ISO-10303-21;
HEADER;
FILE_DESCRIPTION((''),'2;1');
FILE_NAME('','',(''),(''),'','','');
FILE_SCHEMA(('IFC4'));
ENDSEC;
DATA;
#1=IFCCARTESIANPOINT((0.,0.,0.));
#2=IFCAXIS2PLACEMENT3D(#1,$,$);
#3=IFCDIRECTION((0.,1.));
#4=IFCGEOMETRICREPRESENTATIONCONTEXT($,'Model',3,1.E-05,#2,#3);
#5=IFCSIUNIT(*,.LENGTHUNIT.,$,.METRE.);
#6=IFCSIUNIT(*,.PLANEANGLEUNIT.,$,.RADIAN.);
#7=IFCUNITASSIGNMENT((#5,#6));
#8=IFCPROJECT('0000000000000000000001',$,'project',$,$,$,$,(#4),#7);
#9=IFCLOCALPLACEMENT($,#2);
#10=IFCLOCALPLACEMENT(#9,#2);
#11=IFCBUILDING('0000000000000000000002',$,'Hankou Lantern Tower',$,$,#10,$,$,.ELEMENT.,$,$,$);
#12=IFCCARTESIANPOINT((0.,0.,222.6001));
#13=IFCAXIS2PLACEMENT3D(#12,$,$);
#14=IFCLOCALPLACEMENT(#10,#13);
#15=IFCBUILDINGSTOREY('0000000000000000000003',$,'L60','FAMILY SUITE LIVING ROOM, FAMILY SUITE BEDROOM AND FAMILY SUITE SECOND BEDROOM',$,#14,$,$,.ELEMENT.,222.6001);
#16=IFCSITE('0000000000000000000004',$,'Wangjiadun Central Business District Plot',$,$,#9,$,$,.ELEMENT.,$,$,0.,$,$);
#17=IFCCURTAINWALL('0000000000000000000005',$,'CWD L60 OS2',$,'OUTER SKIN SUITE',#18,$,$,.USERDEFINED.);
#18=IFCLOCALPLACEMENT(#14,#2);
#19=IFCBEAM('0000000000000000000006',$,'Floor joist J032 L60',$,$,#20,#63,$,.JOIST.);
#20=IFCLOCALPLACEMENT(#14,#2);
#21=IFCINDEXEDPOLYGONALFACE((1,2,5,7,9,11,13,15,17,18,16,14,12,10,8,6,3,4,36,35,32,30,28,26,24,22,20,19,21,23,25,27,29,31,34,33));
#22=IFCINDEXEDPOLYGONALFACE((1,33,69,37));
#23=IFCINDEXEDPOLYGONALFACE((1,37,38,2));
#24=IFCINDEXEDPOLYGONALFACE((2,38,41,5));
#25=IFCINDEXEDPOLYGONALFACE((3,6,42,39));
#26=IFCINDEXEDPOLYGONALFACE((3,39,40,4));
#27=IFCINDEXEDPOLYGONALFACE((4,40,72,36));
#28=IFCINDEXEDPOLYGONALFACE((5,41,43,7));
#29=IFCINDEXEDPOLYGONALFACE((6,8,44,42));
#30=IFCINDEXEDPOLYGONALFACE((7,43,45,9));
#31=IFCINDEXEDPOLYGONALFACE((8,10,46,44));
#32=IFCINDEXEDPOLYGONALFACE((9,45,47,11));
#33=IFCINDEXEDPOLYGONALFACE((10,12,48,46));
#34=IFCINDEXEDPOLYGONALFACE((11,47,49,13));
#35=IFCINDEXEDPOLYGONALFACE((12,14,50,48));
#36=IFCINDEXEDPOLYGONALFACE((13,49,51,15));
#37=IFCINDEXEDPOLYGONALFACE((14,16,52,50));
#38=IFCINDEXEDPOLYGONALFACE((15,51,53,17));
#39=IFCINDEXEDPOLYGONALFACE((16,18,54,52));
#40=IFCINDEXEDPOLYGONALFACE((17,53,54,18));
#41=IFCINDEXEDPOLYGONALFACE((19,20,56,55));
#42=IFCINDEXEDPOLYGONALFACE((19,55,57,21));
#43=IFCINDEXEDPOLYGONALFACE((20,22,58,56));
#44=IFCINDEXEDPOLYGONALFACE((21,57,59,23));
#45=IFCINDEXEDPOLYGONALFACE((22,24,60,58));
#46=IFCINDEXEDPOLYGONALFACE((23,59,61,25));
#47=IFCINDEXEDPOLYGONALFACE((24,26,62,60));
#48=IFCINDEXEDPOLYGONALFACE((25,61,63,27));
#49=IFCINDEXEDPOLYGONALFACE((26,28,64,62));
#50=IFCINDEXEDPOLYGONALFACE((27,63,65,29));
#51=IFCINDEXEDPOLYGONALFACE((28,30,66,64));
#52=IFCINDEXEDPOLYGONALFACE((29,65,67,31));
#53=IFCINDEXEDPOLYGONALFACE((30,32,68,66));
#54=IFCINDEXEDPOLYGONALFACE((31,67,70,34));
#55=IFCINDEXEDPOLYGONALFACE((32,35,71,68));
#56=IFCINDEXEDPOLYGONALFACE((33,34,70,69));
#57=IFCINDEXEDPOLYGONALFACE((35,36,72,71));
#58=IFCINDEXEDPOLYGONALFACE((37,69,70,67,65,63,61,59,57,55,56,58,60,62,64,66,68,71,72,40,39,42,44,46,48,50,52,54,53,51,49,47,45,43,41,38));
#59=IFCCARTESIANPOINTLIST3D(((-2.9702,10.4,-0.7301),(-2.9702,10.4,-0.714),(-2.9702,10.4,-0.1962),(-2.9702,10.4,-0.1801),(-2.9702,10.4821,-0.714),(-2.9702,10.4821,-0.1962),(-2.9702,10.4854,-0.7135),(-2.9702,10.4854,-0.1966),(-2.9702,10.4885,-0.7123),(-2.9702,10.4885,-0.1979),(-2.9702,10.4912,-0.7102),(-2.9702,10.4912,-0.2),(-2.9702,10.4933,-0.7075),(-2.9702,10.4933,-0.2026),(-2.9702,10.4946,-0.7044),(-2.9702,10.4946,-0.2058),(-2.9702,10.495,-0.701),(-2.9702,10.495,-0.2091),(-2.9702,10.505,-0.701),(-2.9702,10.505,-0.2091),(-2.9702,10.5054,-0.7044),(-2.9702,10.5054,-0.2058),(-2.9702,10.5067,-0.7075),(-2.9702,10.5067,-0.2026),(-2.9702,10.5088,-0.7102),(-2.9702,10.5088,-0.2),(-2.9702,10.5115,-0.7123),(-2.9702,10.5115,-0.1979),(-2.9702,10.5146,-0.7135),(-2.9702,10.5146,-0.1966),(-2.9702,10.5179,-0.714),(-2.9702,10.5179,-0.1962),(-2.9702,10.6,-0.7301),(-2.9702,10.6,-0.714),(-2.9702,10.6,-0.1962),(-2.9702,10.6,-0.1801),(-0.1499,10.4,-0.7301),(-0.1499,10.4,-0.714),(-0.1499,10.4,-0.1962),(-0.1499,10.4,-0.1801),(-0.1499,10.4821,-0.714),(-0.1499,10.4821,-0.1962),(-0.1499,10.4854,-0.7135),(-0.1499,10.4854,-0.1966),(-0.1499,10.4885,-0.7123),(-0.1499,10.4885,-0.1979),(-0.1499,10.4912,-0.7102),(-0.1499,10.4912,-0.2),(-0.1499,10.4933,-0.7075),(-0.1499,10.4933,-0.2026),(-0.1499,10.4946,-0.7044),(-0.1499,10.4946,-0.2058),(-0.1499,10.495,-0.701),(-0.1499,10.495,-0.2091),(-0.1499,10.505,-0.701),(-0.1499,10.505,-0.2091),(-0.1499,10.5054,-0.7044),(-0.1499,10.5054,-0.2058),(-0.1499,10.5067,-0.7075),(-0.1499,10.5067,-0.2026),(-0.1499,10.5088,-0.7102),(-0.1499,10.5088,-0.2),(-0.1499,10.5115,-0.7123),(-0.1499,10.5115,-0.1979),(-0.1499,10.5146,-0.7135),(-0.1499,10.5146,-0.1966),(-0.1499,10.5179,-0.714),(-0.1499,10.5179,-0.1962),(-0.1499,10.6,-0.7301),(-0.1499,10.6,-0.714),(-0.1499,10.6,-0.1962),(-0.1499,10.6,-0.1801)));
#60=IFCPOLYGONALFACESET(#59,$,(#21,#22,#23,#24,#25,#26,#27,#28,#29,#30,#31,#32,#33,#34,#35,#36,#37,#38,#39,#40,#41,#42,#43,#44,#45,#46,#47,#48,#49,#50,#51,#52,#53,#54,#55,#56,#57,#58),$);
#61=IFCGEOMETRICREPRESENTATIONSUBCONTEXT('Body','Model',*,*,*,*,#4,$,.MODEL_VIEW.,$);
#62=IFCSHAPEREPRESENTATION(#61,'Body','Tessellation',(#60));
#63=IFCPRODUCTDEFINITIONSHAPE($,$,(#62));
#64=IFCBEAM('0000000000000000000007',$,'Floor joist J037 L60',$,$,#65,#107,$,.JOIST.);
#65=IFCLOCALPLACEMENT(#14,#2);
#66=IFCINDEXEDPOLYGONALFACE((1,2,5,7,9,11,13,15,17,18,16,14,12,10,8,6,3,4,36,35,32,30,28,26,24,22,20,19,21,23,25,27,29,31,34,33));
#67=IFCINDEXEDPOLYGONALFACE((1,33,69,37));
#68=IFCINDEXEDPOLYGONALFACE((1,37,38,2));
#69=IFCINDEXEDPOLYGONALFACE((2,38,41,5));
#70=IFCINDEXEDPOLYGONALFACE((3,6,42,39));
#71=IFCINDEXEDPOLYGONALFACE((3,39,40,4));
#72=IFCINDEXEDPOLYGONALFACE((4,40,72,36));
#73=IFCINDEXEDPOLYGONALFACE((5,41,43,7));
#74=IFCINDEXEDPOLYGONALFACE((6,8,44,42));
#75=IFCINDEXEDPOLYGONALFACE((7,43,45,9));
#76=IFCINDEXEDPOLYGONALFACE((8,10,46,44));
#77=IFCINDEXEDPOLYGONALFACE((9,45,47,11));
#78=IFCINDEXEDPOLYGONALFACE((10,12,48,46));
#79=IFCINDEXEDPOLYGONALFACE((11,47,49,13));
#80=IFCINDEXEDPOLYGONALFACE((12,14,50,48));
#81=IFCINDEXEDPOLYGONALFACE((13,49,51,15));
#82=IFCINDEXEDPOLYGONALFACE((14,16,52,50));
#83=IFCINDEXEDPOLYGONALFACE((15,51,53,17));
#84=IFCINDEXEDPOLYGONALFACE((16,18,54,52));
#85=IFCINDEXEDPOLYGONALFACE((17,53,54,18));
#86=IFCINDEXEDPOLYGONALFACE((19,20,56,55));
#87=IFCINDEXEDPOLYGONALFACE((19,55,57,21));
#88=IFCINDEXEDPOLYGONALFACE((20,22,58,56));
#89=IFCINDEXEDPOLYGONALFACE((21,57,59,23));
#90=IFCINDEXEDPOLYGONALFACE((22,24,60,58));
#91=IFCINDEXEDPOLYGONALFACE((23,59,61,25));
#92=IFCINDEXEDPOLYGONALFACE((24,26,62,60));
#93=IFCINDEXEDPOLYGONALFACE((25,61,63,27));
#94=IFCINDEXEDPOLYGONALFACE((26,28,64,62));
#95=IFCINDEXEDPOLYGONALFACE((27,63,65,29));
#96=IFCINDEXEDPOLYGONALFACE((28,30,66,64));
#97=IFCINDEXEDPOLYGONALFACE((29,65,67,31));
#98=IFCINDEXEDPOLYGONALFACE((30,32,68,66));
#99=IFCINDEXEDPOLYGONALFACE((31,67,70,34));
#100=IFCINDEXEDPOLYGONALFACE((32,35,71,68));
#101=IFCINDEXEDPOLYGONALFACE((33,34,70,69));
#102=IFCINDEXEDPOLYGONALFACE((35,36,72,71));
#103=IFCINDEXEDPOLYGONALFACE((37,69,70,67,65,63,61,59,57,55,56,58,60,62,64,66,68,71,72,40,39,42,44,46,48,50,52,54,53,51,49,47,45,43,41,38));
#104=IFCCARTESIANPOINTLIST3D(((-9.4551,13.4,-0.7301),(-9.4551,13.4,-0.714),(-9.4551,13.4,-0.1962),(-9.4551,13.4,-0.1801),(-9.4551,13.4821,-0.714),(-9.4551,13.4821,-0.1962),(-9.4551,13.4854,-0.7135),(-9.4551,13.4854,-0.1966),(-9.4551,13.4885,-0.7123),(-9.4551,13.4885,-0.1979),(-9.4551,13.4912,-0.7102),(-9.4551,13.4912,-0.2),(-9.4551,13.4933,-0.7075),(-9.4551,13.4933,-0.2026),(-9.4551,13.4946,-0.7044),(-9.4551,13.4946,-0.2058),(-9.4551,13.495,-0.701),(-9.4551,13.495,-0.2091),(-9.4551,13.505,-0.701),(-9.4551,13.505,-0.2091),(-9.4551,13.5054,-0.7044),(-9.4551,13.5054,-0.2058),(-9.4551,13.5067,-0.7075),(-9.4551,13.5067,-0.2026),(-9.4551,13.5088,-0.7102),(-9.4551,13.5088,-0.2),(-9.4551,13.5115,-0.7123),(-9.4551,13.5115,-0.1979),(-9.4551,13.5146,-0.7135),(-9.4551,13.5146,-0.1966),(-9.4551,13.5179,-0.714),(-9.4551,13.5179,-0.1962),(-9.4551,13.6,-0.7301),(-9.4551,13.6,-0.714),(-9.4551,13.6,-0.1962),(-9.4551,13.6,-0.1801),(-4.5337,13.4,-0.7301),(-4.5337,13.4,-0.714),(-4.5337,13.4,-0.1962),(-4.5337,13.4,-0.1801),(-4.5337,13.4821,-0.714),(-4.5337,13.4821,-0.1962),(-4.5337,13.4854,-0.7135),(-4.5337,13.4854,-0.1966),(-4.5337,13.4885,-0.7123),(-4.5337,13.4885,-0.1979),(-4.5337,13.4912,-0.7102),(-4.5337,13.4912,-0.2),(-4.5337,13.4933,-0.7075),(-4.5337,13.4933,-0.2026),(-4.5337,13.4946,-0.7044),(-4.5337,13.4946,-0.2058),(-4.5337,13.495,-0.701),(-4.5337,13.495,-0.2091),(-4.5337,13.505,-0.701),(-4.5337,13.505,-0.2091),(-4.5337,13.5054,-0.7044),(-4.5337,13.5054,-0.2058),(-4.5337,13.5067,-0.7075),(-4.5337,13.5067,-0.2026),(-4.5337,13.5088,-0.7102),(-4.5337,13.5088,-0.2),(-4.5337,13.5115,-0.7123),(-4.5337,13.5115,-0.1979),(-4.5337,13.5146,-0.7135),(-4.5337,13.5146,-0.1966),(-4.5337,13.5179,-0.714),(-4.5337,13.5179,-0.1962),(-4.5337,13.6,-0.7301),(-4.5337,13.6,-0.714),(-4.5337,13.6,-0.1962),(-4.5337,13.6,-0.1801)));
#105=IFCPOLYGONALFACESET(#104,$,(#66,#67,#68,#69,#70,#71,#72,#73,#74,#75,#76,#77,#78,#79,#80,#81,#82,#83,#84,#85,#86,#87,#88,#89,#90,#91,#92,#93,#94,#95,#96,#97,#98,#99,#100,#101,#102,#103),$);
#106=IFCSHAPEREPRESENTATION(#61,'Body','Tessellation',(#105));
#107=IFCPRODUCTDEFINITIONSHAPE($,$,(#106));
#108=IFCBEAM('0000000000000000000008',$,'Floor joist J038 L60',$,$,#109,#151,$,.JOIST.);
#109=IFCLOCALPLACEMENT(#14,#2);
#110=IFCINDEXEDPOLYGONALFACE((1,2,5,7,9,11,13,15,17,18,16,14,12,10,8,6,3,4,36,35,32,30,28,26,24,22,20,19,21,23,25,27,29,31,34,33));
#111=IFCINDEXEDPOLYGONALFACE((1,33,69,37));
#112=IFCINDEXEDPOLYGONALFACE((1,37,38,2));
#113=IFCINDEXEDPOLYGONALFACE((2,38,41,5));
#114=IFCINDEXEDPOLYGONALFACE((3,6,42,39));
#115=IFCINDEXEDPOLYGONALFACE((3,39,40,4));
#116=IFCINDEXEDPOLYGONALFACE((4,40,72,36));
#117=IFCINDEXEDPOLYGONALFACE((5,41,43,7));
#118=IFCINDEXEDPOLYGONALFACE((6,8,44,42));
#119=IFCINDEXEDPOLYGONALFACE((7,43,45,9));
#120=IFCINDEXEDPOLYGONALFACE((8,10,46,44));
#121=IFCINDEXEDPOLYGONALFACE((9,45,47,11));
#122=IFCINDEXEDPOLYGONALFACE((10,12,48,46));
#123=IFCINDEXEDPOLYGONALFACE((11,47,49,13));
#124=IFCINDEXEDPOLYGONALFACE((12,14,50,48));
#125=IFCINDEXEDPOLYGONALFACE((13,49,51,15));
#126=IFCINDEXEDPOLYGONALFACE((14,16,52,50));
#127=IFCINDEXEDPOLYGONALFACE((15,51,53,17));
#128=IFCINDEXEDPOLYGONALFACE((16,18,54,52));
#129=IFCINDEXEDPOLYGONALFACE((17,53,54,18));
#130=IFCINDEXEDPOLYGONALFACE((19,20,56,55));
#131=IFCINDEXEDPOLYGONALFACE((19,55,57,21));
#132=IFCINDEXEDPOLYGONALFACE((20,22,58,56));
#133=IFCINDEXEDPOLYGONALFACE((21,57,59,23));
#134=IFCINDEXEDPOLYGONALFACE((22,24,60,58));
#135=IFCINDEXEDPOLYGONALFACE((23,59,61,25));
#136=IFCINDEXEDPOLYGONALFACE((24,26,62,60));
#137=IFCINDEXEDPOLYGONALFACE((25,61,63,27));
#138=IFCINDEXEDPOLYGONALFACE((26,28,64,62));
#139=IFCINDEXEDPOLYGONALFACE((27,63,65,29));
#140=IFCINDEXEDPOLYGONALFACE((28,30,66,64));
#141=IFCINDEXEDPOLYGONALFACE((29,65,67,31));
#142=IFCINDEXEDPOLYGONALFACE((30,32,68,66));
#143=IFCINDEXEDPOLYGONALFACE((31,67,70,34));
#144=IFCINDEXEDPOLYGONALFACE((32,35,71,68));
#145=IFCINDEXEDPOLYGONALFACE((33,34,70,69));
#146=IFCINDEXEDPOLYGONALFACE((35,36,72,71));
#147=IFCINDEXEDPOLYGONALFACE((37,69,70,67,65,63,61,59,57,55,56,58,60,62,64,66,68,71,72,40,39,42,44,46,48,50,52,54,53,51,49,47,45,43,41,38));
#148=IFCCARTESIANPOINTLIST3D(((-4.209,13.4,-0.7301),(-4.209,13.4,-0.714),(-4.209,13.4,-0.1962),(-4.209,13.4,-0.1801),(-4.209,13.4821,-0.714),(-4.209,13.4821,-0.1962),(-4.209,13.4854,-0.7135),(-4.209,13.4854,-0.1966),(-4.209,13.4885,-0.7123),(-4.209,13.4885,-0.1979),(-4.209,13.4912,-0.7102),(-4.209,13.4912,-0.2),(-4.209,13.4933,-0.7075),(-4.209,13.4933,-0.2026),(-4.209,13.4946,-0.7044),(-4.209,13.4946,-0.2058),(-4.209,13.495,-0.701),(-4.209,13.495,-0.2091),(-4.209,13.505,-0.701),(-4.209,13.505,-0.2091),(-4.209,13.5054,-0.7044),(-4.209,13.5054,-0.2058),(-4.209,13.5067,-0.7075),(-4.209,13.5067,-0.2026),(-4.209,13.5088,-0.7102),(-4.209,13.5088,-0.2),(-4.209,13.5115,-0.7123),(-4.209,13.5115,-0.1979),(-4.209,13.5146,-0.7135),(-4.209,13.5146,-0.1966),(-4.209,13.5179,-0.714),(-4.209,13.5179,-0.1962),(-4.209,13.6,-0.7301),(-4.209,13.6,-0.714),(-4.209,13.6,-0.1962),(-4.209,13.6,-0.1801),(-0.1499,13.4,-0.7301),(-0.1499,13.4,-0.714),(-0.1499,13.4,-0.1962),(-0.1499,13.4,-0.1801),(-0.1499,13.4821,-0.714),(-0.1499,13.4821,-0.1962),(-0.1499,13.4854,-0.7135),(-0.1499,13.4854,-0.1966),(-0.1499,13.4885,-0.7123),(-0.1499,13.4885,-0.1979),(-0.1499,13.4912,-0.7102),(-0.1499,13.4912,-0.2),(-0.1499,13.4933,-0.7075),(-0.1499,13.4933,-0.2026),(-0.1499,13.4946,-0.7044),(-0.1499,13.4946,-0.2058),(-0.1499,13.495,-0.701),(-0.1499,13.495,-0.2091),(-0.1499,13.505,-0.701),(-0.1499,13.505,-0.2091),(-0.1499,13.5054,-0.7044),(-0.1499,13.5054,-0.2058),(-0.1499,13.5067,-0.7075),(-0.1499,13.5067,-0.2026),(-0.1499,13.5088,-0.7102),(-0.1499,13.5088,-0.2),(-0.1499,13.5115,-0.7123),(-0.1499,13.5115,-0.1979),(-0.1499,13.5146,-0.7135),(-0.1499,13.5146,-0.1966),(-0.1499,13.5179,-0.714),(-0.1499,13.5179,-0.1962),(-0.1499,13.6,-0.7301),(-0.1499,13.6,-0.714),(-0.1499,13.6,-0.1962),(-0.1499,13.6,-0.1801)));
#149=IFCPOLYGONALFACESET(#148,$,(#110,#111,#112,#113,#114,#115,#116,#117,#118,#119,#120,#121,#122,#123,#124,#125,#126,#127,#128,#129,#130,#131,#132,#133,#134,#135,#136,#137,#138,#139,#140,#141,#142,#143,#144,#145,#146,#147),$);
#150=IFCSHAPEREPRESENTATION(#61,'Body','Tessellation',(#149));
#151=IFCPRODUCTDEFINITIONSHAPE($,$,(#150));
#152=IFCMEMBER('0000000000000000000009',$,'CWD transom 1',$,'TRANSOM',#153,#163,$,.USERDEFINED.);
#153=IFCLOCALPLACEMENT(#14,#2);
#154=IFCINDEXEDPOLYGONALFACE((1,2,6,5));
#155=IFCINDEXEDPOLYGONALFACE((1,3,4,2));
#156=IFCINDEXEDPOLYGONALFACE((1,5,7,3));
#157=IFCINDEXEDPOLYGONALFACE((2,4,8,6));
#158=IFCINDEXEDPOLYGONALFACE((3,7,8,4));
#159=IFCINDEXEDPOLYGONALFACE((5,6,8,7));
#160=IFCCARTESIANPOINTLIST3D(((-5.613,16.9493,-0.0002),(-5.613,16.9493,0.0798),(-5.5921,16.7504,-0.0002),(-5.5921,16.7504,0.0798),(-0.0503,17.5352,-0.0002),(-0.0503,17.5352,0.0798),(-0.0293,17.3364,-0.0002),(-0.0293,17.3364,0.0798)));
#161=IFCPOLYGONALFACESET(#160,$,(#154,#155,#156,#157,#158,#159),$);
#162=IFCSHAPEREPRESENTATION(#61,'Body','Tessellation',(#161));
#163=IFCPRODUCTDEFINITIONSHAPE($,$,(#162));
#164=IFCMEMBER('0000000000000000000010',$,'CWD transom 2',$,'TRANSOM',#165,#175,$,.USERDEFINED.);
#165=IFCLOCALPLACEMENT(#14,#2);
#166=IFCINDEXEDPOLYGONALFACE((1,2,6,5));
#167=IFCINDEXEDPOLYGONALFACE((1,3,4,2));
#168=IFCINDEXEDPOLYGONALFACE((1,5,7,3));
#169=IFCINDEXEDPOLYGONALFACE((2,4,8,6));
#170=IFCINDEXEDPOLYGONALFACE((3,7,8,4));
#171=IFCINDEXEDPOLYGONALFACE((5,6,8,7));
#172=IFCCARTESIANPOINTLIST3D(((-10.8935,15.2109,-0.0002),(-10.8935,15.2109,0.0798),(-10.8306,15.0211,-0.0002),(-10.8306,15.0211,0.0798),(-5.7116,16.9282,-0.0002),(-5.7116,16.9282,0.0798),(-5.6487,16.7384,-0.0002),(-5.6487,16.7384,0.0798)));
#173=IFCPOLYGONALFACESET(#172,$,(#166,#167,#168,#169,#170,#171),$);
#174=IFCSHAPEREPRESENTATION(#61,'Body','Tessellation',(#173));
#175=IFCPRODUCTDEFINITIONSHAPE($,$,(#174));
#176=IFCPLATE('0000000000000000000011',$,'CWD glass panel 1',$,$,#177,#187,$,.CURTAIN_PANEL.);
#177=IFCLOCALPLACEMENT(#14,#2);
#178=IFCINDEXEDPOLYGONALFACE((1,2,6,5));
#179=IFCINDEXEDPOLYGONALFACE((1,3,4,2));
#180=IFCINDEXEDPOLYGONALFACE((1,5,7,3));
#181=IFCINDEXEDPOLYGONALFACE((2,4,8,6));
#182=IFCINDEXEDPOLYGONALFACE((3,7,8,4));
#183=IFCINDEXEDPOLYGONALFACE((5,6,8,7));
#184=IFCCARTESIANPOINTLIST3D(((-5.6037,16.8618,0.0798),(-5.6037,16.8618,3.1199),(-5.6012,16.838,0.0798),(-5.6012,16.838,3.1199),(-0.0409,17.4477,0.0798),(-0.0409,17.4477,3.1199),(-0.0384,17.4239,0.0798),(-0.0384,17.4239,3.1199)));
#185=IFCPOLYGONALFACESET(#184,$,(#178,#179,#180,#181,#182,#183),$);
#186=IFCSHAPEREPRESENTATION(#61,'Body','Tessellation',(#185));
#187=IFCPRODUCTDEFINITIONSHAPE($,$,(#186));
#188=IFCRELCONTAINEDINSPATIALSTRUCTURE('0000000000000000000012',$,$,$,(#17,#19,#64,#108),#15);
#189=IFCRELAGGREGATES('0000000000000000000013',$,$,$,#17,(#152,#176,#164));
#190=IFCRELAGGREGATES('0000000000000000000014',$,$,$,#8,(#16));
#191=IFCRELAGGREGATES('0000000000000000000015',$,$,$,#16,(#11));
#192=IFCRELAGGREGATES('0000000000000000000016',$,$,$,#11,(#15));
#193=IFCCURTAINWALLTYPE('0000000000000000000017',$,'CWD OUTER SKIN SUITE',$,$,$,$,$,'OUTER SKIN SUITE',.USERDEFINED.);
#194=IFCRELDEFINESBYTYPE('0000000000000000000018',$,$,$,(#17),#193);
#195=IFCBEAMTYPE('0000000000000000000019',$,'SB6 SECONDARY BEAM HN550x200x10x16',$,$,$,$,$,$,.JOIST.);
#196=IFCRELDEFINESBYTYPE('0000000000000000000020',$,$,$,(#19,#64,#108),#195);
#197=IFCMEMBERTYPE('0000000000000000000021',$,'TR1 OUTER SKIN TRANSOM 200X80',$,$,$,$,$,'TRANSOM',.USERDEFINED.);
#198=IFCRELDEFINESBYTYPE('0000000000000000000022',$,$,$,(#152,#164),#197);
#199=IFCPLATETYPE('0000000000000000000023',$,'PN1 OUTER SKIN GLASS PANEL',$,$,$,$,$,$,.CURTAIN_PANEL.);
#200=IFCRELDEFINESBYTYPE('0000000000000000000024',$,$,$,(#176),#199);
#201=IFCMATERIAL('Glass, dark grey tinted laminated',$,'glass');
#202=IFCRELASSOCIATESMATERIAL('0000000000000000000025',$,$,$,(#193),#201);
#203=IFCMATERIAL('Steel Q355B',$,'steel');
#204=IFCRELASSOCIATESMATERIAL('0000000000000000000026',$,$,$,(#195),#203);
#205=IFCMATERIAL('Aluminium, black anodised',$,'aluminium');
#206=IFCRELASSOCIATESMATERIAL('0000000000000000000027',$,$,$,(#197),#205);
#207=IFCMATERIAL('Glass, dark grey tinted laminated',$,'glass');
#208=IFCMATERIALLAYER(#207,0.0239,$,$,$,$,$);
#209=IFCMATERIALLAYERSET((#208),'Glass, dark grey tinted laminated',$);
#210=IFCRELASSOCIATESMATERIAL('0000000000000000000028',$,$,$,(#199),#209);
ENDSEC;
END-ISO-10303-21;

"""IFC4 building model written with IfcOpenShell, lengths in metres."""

from ifc_helpers import new_model, si_unit, direction, frame, origin, origin_2d, place, context, subcontext, project, spatial, rectangle, i_section, extrude, material, layer, layer_set, material_profile, profile_set, type_object, element, aggregate, save


model = new_model("IFC4")

# Units and contexts
model_context = context("Model", 3, precision=1e-05, world=origin(), true_north=direction((0.0, 1.0)))
body_context = subcontext(model_context, "Body", "Model", "MODEL_VIEW")
ifc_project = project(units=[si_unit("LENGTHUNIT", "METRE"), si_unit("PLANEANGLEUNIT", "RADIAN")], contexts=[model_context])

# Site, building, storey
site_placement = place(None, origin())
site = spatial("IfcSite", under=ifc_project, at=site_placement, Name="Wangjiadun Central Business District Plot", CompositionType="ELEMENT", RefElevation=0.0)
building_placement = place(site_placement, origin())
building = spatial("IfcBuilding", under=site, at=building_placement, Name="Hankou Lantern Tower", CompositionType="ELEMENT")
storey_placement = place(building_placement, frame((0.0, 0.0, 222.6001)))
storey = spatial("IfcBuildingStorey", under=building, at=storey_placement, Name="L60", Description="FAMILY SUITE LIVING ROOM, FAMILY SUITE BEDROOM AND FAMILY SUITE SECOND BEDROOM", CompositionType="ELEMENT", Elevation=222.6001)

# Curtain wall
ifc_material_1 = material(Name="Glass, dark grey tinted laminated", Category="glass")
curtain_wall_type = type_object("IfcCurtainWallType", Name="CWD OUTER SKIN SUITE", ElementType="OUTER SKIN SUITE", PredefinedType="USERDEFINED", material=ifc_material_1)
curtain_wall_placement = place(storey_placement, origin())
curtain_wall = element("IfcCurtainWall", 1, at=curtain_wall_placement, inside=storey, type_object=curtain_wall_type, Name="CWD L60 OS2", ObjectType="OUTER SKIN SUITE", PredefinedType="USERDEFINED")

# Beams
ifc_material_2 = material(Name="Steel Q355B", Category="steel")
ifc_material_profile_1 = material_profile(ifc_material_2, i_section(OverallWidth=0.2, OverallDepth=0.55, WebThickness=0.01, FlangeThickness=0.0161, FilletRadius=0.0129, at=origin_2d()), Name="HN550x200x10x16")
ifc_profile_set_1 = profile_set([ifc_material_profile_1], Name="Steel Q355B")
beam_type_1 = type_object("IfcBeamType", Name="SB6 SECONDARY BEAM HN550x200x10x16", PredefinedType="JOIST", material=ifc_profile_set_1)
beam_1_placement = place(storey_placement, frame((-2.9702, 10.5, -0.4551), z_axis=(1.0, 0.0, 0.0), x_axis=(0.0, 1.0, 0.0)))
element("IfcBeam", 2, at=beam_1_placement, inside=storey, type_object=beam_type_1, Name="Floor joist J032 L60", PredefinedType="JOIST", context=body_context, shape_type="SweptSolid", body=[
    extrude(i_section(OverallWidth=0.2, OverallDepth=0.55, WebThickness=0.01, FlangeThickness=0.0161, FilletRadius=0.0129, at=origin_2d()), origin(), (0.0, 0.0, 1.0), 2.8203),
])
beam_2_placement = place(storey_placement, frame((-9.4551, 13.5, -0.4551), z_axis=(1.0, 0.0, 0.0), x_axis=(0.0, 1.0, 0.0)))
element("IfcBeam", 3, at=beam_2_placement, inside=storey, type_object=beam_type_1, Name="Floor joist J037 L60", PredefinedType="JOIST", context=body_context, shape_type="SweptSolid", body=[
    extrude(i_section(OverallWidth=0.2, OverallDepth=0.55, WebThickness=0.01, FlangeThickness=0.0161, FilletRadius=0.0129, at=origin_2d()), origin(), (0.0, 0.0, 1.0), 4.9214),
])
beam_3_placement = place(storey_placement, frame((-4.209, 13.5, -0.4551), z_axis=(1.0, 0.0, 0.0), x_axis=(0.0, 1.0, 0.0)))
element("IfcBeam", 4, at=beam_3_placement, inside=storey, type_object=beam_type_1, Name="Floor joist J038 L60", PredefinedType="JOIST", context=body_context, shape_type="SweptSolid", body=[
    extrude(i_section(OverallWidth=0.2, OverallDepth=0.55, WebThickness=0.01, FlangeThickness=0.0161, FilletRadius=0.0129, at=origin_2d()), origin(), (0.0, 0.0, 1.0), 4.0591),
])

# Members
ifc_material_3 = material(Name="Aluminium, black anodised", Category="aluminium")
ifc_material_profile_2 = material_profile(ifc_material_3, rectangle(XDim=0.2, YDim=0.0801, at=origin_2d()), Name="TR1 200X80")
ifc_profile_set_2 = profile_set([ifc_material_profile_2], Name="Aluminium, black anodised")
member_type_1 = type_object("IfcMemberType", Name="TR1 OUTER SKIN TRANSOM 200X80", ElementType="TRANSOM", PredefinedType="USERDEFINED", material=ifc_profile_set_2)
member_1_placement = place(storey_placement, frame((-0.0398, 17.4358, 0.0398), z_axis=(-0.994498, -0.104753, 0.0), x_axis=(0.104753, -0.994498, 0.0)))
member_1 = element("IfcMember", 5, at=member_1_placement, type_object=member_type_1, Name="CWD transom 1", ObjectType="TRANSOM", PredefinedType="USERDEFINED", context=body_context, shape_type="SweptSolid", body=[
    extrude(rectangle(XDim=0.2, YDim=0.0801, at=origin_2d()), origin(), (0.0, 0.0, 1.0), 5.5935),
])
member_2_placement = place(storey_placement, frame((-5.6802, 16.8333, 0.0398), z_axis=(-0.949232, -0.314577, 0.0), x_axis=(0.314577, -0.949232, 0.0)))
member_2 = element("IfcMember", 6, at=member_2_placement, type_object=member_type_1, Name="CWD transom 2", ObjectType="TRANSOM", PredefinedType="USERDEFINED", context=body_context, shape_type="SweptSolid", body=[
    extrude(rectangle(XDim=0.2, YDim=0.0801, at=origin_2d()), origin(), (0.0, 0.0, 1.0), 5.459),
])

# Plate
ifc_material_4 = material(Name="Glass, dark grey tinted laminated", Category="glass")
ifc_layer_1 = layer(ifc_material_4, 0.0239)
ifc_layer_set_1 = layer_set([ifc_layer_1], Name="Glass, dark grey tinted laminated")
plate_type = type_object("IfcPlateType", Name="PN1 OUTER SKIN GLASS PANEL", PredefinedType="CURTAIN_PANEL", material=ifc_layer_set_1)
plate_1_placement = place(storey_placement, frame((-2.821, 17.1428, 0.0798), z_axis=(0.0, 0.0, 1.0), x_axis=(-0.994499, -0.104743, 0.0)))
plate_1 = element("IfcPlate", 7, at=plate_1_placement, type_object=plate_type, Name="CWD glass panel 1", PredefinedType="CURTAIN_PANEL", context=body_context, shape_type="SweptSolid", body=[
    extrude(rectangle(XDim=5.5935, YDim=0.0239, at=origin_2d()), origin(), (0.0, 0.0, 1.0), 3.04),
])
aggregate(curtain_wall, [member_1, plate_1, member_2])

save(model, "model.ifc")
